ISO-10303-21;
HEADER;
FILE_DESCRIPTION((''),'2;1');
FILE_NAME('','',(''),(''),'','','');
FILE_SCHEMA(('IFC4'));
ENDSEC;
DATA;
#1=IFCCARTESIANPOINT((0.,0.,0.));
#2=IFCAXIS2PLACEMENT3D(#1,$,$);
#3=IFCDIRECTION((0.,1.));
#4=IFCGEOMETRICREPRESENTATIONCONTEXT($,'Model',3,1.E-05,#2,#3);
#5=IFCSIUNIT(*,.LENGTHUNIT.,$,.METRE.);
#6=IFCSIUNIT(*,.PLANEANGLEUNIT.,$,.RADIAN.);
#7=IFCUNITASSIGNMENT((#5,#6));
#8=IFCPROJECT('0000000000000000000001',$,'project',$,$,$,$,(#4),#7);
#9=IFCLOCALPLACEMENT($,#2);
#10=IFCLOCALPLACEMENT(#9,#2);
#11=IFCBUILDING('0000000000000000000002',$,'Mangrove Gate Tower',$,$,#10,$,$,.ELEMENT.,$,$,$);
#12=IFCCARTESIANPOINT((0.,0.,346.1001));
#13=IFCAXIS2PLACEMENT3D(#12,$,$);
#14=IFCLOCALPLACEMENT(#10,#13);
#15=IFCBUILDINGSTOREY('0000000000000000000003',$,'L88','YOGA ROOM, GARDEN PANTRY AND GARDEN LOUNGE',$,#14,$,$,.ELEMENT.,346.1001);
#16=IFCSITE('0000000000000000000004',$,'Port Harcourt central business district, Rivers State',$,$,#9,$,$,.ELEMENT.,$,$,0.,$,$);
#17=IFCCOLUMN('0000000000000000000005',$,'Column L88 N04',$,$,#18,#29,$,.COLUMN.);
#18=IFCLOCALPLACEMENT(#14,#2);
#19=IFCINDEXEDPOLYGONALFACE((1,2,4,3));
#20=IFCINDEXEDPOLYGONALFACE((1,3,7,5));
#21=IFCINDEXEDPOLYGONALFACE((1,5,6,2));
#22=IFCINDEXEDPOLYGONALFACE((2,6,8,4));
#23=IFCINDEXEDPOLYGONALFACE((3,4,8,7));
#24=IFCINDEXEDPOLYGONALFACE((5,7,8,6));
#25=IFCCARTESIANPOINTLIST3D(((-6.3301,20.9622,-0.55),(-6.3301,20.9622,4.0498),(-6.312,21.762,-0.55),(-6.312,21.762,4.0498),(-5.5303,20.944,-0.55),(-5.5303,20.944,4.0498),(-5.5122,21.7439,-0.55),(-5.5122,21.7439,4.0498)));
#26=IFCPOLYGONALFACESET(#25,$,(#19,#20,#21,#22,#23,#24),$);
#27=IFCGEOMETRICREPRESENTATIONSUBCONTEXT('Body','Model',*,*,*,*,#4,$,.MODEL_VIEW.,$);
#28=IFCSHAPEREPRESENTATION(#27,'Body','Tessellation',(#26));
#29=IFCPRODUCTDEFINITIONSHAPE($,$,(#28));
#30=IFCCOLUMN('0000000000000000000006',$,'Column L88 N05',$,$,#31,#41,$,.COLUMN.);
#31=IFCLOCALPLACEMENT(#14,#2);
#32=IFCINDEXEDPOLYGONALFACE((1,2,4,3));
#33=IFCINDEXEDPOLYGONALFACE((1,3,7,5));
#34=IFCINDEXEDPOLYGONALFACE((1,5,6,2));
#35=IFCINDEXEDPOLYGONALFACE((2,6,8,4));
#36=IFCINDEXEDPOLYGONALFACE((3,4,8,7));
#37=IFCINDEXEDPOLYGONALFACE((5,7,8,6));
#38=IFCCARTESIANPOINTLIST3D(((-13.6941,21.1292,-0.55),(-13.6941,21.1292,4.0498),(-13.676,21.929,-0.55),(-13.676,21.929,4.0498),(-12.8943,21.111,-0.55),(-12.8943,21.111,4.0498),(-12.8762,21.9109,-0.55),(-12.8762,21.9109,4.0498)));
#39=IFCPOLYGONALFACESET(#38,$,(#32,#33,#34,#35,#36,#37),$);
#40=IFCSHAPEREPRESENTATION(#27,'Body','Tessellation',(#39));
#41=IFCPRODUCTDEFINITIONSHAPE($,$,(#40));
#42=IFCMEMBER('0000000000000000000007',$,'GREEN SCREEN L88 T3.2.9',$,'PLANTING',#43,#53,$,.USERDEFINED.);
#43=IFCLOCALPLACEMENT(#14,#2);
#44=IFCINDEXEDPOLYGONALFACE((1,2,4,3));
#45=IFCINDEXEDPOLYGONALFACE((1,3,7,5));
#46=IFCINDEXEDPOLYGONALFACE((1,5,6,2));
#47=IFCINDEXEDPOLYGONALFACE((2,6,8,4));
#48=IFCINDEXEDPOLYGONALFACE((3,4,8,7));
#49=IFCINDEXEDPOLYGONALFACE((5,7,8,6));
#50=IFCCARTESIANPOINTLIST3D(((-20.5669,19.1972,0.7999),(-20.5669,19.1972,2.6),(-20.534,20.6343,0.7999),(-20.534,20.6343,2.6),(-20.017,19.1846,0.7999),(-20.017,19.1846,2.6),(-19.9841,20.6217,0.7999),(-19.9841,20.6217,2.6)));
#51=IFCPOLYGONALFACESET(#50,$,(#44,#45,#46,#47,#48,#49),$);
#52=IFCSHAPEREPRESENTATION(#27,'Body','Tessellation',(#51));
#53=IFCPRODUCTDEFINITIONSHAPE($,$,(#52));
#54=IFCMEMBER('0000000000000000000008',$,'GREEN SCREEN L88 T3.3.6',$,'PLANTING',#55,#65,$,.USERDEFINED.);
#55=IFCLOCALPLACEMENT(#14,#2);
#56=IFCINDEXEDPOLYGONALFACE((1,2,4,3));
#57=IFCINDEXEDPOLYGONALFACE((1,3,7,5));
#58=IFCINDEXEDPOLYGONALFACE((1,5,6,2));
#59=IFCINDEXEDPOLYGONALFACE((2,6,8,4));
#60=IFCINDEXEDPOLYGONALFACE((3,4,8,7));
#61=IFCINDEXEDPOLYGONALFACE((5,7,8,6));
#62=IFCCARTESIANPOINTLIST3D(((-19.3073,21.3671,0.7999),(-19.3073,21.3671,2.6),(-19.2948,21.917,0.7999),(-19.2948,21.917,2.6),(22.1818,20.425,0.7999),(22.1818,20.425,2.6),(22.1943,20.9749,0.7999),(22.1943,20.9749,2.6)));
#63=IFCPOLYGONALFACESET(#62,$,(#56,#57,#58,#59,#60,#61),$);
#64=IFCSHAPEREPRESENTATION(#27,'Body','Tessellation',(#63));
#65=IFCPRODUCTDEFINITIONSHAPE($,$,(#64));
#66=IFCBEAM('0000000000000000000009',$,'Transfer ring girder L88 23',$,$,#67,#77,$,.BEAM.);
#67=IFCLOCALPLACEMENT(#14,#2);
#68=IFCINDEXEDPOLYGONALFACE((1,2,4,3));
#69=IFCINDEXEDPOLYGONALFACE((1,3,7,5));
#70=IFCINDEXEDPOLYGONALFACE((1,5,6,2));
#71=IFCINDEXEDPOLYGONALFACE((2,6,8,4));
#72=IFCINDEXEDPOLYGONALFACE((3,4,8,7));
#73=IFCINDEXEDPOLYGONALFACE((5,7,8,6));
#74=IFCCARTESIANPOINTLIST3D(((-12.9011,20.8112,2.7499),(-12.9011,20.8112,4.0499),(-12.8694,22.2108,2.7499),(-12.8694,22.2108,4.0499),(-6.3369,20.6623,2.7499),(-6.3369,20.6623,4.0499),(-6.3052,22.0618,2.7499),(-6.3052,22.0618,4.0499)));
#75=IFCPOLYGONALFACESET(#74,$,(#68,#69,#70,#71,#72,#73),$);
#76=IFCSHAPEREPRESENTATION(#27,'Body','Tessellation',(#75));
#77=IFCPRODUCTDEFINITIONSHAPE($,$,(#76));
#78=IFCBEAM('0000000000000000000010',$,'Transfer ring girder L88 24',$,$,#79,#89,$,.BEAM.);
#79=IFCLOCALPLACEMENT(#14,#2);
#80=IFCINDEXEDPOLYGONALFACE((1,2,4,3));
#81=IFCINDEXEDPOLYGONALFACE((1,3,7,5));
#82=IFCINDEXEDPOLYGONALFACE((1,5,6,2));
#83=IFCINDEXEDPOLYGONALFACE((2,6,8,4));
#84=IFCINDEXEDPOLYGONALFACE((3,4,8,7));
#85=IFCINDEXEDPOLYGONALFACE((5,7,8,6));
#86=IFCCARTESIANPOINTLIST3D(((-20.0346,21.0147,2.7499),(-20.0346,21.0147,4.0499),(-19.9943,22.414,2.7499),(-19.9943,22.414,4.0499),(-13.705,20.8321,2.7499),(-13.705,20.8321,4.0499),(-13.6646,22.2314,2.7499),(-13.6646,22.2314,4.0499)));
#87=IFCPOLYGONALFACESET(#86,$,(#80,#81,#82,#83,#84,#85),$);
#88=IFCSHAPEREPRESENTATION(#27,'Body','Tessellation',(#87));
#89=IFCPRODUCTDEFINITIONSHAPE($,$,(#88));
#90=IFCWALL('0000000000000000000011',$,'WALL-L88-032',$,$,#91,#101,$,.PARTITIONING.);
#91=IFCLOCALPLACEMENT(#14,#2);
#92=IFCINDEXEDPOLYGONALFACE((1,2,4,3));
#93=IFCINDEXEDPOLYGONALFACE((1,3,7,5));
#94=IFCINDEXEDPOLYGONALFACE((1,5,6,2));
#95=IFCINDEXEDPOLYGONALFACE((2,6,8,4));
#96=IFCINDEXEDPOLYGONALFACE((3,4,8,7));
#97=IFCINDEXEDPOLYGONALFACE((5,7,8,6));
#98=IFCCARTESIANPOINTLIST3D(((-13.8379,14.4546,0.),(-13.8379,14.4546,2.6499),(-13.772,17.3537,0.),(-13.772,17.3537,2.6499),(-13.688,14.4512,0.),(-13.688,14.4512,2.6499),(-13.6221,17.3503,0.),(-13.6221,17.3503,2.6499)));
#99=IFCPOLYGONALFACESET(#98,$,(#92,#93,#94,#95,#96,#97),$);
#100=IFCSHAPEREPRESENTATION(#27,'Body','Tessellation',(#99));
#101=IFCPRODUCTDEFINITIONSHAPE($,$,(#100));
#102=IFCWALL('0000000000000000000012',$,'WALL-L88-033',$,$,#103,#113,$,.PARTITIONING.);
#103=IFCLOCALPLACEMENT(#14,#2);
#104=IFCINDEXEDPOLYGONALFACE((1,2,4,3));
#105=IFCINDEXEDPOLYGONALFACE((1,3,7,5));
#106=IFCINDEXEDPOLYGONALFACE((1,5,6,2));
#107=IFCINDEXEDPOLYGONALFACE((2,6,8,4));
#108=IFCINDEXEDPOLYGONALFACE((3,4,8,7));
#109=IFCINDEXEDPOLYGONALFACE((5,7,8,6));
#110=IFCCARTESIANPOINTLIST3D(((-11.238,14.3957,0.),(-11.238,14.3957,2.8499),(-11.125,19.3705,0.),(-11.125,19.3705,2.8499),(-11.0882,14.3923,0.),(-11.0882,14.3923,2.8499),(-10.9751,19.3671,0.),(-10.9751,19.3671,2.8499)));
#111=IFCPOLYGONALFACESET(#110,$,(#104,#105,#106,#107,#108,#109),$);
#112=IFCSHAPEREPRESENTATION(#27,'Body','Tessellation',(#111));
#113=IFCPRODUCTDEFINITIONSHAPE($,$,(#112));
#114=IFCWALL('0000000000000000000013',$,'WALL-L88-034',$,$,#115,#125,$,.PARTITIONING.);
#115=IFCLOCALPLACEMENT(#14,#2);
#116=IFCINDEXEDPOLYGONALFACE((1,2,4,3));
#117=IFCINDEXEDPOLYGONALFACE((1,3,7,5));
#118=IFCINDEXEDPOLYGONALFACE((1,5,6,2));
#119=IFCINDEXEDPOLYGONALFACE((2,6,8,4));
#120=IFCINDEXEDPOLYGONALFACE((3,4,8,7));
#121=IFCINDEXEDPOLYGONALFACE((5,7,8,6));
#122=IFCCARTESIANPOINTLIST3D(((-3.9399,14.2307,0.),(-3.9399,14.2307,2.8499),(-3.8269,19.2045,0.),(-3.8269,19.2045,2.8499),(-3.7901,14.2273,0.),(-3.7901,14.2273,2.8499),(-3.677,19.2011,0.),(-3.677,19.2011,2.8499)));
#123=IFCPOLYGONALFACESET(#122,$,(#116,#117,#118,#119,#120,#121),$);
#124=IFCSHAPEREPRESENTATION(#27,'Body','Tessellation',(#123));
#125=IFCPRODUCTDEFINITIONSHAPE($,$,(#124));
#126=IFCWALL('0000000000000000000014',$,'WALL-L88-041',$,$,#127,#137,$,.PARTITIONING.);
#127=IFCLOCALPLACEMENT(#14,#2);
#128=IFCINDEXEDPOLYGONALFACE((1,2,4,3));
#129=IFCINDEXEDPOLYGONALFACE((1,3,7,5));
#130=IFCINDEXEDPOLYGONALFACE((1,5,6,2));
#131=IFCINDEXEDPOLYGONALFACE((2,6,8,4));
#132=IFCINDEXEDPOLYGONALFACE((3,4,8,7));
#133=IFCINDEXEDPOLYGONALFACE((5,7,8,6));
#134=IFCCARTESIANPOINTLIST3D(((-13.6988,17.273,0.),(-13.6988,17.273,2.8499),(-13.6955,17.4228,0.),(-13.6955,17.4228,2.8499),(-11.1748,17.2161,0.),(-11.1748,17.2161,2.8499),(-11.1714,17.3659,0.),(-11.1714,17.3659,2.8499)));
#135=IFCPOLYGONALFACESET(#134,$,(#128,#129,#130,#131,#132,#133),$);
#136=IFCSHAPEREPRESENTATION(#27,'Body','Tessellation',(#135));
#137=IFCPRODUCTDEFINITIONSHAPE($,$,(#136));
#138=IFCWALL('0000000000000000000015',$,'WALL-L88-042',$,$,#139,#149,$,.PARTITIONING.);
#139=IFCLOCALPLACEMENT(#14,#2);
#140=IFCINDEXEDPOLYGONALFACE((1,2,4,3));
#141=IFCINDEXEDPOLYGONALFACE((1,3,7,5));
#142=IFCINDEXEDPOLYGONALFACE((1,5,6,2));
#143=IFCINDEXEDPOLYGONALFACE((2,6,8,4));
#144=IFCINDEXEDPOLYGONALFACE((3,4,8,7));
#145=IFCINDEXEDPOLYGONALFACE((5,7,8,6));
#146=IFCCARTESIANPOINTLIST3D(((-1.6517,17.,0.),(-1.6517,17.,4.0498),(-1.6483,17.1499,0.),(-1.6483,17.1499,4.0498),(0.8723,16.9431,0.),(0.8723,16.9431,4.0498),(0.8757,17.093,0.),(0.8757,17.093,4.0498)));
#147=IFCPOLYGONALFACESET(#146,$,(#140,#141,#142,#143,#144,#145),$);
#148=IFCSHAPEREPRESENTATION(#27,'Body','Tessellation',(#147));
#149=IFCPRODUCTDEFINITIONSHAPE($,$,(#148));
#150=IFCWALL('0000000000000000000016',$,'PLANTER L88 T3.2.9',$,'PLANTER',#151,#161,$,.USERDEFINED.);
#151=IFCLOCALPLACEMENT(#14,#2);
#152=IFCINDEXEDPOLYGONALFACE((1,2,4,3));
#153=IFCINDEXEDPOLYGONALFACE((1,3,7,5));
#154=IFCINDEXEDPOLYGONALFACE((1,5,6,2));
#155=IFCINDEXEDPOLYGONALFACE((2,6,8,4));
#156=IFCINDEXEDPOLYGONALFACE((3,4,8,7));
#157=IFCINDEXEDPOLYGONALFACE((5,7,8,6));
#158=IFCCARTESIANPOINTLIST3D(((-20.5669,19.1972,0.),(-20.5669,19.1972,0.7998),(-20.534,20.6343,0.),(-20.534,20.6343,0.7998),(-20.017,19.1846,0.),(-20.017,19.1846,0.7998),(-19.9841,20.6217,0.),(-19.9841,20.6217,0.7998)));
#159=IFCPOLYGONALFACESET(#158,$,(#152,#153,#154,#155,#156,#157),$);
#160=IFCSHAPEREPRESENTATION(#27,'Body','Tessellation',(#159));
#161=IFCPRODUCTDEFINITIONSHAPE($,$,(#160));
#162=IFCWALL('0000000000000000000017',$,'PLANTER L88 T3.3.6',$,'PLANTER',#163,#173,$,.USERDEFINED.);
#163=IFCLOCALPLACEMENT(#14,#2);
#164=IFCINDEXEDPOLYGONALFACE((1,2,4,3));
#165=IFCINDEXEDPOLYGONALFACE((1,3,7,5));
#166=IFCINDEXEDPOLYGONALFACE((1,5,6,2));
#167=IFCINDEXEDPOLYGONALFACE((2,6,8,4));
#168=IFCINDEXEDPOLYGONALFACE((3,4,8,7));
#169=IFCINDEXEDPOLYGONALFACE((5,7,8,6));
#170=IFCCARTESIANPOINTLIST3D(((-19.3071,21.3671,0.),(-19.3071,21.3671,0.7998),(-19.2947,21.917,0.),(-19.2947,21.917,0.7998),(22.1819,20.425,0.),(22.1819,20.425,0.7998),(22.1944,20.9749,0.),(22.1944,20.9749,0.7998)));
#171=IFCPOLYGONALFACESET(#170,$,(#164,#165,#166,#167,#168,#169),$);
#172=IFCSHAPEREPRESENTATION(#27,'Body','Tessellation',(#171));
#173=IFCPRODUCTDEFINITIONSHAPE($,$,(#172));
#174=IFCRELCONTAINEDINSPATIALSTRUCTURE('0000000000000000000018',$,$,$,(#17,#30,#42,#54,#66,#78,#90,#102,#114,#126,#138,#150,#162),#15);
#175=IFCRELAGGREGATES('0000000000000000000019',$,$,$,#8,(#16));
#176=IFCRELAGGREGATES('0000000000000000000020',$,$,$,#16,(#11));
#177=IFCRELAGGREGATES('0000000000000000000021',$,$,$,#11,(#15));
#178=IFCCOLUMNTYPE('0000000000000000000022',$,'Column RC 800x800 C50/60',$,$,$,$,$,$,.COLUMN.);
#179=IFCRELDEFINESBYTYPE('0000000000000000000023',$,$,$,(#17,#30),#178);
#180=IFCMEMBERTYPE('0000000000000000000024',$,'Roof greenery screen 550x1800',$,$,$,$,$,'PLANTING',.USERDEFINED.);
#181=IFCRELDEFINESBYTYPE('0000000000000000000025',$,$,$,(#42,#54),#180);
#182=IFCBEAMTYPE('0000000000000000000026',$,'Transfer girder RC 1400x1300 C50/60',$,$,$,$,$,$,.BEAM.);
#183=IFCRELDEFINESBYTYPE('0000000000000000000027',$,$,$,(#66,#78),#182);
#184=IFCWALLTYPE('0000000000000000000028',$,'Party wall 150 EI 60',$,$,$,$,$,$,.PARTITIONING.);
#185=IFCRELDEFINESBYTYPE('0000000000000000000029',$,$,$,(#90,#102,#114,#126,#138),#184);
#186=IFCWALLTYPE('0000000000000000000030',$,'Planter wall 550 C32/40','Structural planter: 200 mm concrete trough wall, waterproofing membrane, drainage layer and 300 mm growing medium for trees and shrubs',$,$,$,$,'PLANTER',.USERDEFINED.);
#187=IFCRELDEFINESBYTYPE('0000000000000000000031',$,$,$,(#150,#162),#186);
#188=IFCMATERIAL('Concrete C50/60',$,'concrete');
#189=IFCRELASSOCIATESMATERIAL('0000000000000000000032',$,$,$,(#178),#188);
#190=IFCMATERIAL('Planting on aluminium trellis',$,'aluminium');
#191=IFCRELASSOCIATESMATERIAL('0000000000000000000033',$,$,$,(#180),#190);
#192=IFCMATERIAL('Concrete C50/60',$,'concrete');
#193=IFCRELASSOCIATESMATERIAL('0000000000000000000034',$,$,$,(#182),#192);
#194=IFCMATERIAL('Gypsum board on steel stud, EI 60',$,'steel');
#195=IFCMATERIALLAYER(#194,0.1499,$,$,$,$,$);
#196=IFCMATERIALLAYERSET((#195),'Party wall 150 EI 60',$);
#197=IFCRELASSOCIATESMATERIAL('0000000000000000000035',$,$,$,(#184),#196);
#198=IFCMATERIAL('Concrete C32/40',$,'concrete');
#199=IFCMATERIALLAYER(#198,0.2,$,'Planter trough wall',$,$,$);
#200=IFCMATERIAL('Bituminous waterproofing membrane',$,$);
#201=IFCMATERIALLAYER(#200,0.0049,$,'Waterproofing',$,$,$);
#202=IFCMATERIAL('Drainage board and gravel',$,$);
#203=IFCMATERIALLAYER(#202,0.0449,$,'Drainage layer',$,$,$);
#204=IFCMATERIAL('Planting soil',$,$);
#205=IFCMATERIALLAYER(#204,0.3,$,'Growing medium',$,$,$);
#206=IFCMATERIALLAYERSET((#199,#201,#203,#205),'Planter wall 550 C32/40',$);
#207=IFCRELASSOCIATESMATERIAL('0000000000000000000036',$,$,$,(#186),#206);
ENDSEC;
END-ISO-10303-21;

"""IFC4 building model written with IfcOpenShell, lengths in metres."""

from ifc_helpers import new_model, si_unit, direction, frame, frame_2d, origin, origin_2d, place, context, subcontext, project, spatial, rectangle, extrude, material, layer, layer_set, material_profile, profile_set, type_object, element, save


model = new_model("IFC4")

# Units and contexts
model_context = context("Model", 3, precision=1e-05, world=origin(), true_north=direction((0.0, 1.0)))
body_context = subcontext(model_context, "Body", "Model", "MODEL_VIEW")
ifc_project = project(units=[si_unit("LENGTHUNIT", "METRE"), si_unit("PLANEANGLEUNIT", "RADIAN")], contexts=[model_context])

# Site, building, storey
site_placement = place(None, origin())
site = spatial("IfcSite", under=ifc_project, at=site_placement, Name="Port Harcourt central business district, Rivers State", CompositionType="ELEMENT", RefElevation=0.0)
building_placement = place(site_placement, origin())
building = spatial("IfcBuilding", under=site, at=building_placement, Name="Mangrove Gate Tower", CompositionType="ELEMENT")
storey_placement = place(building_placement, frame((0.0, 0.0, 346.1001)))
storey = spatial("IfcBuildingStorey", under=building, at=storey_placement, Name="L88", Description="YOGA ROOM, GARDEN PANTRY AND GARDEN LOUNGE", CompositionType="ELEMENT", Elevation=346.1001)

# Columns
ifc_material_1 = material(Name="Concrete C50/60", Category="concrete")
ifc_material_profile_1 = material_profile(ifc_material_1, rectangle(XDim=0.8, YDim=0.8, at=origin_2d()))
ifc_profile_set_1 = profile_set([ifc_material_profile_1], Name="Concrete C50/60")
column_type = type_object("IfcColumnType", Name="Column RC 800x800 C50/60", PredefinedType="COLUMN", material=ifc_profile_set_1)
for number, where, z_axis, x_axis, name in (
    (1, (-5.9211, 21.353, -0.55), (0.0, 0.0, 1.0), (-0.999743, 0.022671, 0.0), "Column L88 N04"),
    (2, (-13.2852, 21.52, -0.55), (0.0, 0.0, 1.0), (-0.999743, 0.022671, 0.0), "Column L88 N05"),
):
    element("IfcColumn", number, at=place(storey_placement, frame(where, z_axis=z_axis, x_axis=x_axis)), inside=storey, type_object=column_type, Name=name, PredefinedType="COLUMN", context=body_context, shape_type="SweptSolid", body=[
        extrude(rectangle(XDim=0.8, YDim=0.8, at=origin_2d()), origin(), (0.0, 0.0, 1.0), 4.5999),
    ])

# Members
ifc_material_2 = material(Name="Planting on aluminium trellis", Category="aluminium")
ifc_material_profile_2 = material_profile(ifc_material_2, rectangle(XDim=0.55, YDim=1.8, at=origin_2d()))
ifc_profile_set_2 = profile_set([ifc_material_profile_2], Name="Planting on aluminium trellis")
member_type = type_object("IfcMemberType", Name="Roof greenery screen 550x1800", ElementType="PLANTING", PredefinedType="USERDEFINED", material=ifc_profile_set_2)
member_1_placement = place(storey_placement, frame((-20.292, 19.1909, 1.7), z_axis=(0.02293, 0.999737, 0.0), x_axis=(-0.999737, 0.02293, 0.0)))
element("IfcMember", 3, at=member_1_placement, inside=storey, type_object=member_type, Name="GREEN SCREEN L88 T3.2.9", ObjectType="PLANTING", PredefinedType="USERDEFINED", context=body_context, shape_type="SweptSolid", body=[
    extrude(rectangle(XDim=0.55, YDim=1.8, at=origin_2d()), origin(), (0.0, 0.0, 1.0), 1.4375),
])
member_2_placement = place(storey_placement, frame((-19.301, 21.6421, 1.7), z_axis=(0.999742, -0.022702, 0.0), x_axis=(0.022702, 0.999742, 0.0)))
element("IfcMember", 4, at=member_2_placement, inside=storey, type_object=member_type, Name="GREEN SCREEN L88 T3.3.6", ObjectType="PLANTING", PredefinedType="USERDEFINED", context=body_context, shape_type="SweptSolid", body=[
    extrude(rectangle(XDim=0.55, YDim=1.8, at=origin_2d()), origin(), (0.0, 0.0, 1.0), 41.4998),
])

# Beams
ifc_material_3 = material(Name="Concrete C50/60", Category="concrete")
ifc_material_profile_3 = material_profile(ifc_material_3, rectangle(XDim=1.3999, YDim=1.3, at=origin_2d()))
ifc_profile_set_3 = profile_set([ifc_material_profile_3], Name="Concrete C50/60")
beam_type = type_object("IfcBeamType", Name="Transfer girder RC 1400x1300 C50/60", PredefinedType="BEAM", material=ifc_profile_set_3)
beam_1_placement = place(storey_placement, frame((-6.321, 21.3621, 3.3999), z_axis=(-0.999743, 0.022682, 0.0), x_axis=(-0.022682, -0.999743, 0.0)))
element("IfcBeam", 5, at=beam_1_placement, inside=storey, type_object=beam_type, Name="Transfer ring girder L88 23", PredefinedType="BEAM", context=body_context, shape_type="SweptSolid", body=[
    extrude(rectangle(XDim=1.3999, YDim=1.3, at=origin_2d()), origin(), (0.0, 0.0, 1.0), 6.5659),
])
beam_2_placement = place(storey_placement, frame((-13.6848, 21.5317, 3.3999), z_axis=(-0.999584, 0.028839, 0.0), x_axis=(-0.028839, -0.999584, 0.0)))
element("IfcBeam", 6, at=beam_2_placement, inside=storey, type_object=beam_type, Name="Transfer ring girder L88 24", PredefinedType="BEAM", context=body_context, shape_type="SweptSolid", body=[
    extrude(rectangle(XDim=1.3999, YDim=1.3, at=origin_2d()), origin(), (0.0, 0.0, 1.0), 6.3323),
])

# Walls
ifc_material_4 = material(Name="Gypsum board on steel stud, EI 60", Category="steel")
ifc_layer_1 = layer(ifc_material_4, 0.1499)
ifc_layer_set_1 = layer_set([ifc_layer_1], Name="Party wall 150 EI 60")
wall_type_1 = type_object("IfcWallType", Name="Party wall 150 EI 60", PredefinedType="PARTITIONING", material=ifc_layer_set_1)
wall_1_placement = place(storey_placement, frame((-13.7629, 14.4529, 0.0), z_axis=(0.0, 0.0, 1.0), x_axis=(0.022731, 0.999742, 0.0)))
element("IfcWall", 7, at=wall_1_placement, inside=storey, type_object=wall_type_1, Name="WALL-L88-032", PredefinedType="PARTITIONING", context=body_context, shape_type="SweptSolid", body=[
    extrude(rectangle(XDim=2.8999, YDim=0.1499, at=frame_2d((1.45, 0.0))), origin(), (0.0, 0.0, 1.0), 2.6499),
])
wall_2_placement = place(storey_placement, frame((-11.1631, 14.394, 0.0), z_axis=(0.0, 0.0, 1.0), x_axis=(0.022716, 0.999742, 0.0)))
element("IfcWall", 8, at=wall_2_placement, inside=storey, type_object=wall_type_1, Name="WALL-L88-033", PredefinedType="PARTITIONING", context=body_context, shape_type="SweptSolid", body=[
    extrude(rectangle(XDim=4.9761, YDim=0.1499, at=frame_2d((2.488, 0.0))), origin(), (0.0, 0.0, 1.0), 2.8499),
])
wall_3_placement = place(storey_placement, frame((-3.865, 14.229, 0.0), z_axis=(0.0, 0.0, 1.0), x_axis=(0.02272, 0.999742, 0.0)))
element("IfcWall", 9, at=wall_3_placement, inside=storey, type_object=wall_type_1, Name="WALL-L88-034", PredefinedType="PARTITIONING", context=body_context, shape_type="SweptSolid", body=[
    extrude(rectangle(XDim=4.9751, YDim=0.1499, at=frame_2d((2.4875, 0.0))), origin(), (0.0, 0.0, 1.0), 2.8499),
])
wall_4_placement = place(storey_placement, frame((-13.697, 17.3479, 0.0), z_axis=(0.0, 0.0, 1.0), x_axis=(0.999746, -0.022532, 0.0)))
element("IfcWall", 10, at=wall_4_placement, inside=storey, type_object=wall_type_1, Name="WALL-L88-041", PredefinedType="PARTITIONING", context=body_context, shape_type="SweptSolid", body=[
    extrude(rectangle(XDim=2.5247, YDim=0.1499, at=frame_2d((1.2622, 0.0))), origin(), (0.0, 0.0, 1.0), 2.8499),
])
wall_5_placement = place(storey_placement, frame((-1.6499, 17.075, 0.0), z_axis=(0.0, 0.0, 1.0), x_axis=(0.999746, -0.022532, 0.0)))
element("IfcWall", 11, at=wall_5_placement, inside=storey, type_object=wall_type_1, Name="WALL-L88-042", PredefinedType="PARTITIONING", context=body_context, shape_type="SweptSolid", body=[
    extrude(rectangle(XDim=2.5247, YDim=0.1499, at=frame_2d((1.2622, 0.0))), origin(), (0.0, 0.0, 1.0), 4.0498),
])
ifc_material_5 = material(Name="Concrete C32/40", Category="concrete")
ifc_layer_2 = layer(ifc_material_5, 0.2, Name="Planter trough wall")
ifc_material_6 = material(Name="Bituminous waterproofing membrane")
ifc_layer_3 = layer(ifc_material_6, 0.0049, Name="Waterproofing")
ifc_material_7 = material(Name="Drainage board and gravel")
ifc_layer_4 = layer(ifc_material_7, 0.0449, Name="Drainage layer")
ifc_material_8 = material(Name="Planting soil")
ifc_layer_5 = layer(ifc_material_8, 0.3, Name="Growing medium")
ifc_layer_set_2 = layer_set([ifc_layer_2, ifc_layer_3, ifc_layer_4, ifc_layer_5], Name="Planter wall 550 C32/40")
wall_type_2 = type_object("IfcWallType", Name="Planter wall 550 C32/40", Description="Structural planter: 200 mm concrete trough wall, waterproofing membrane, drainage layer and 300 mm growing medium for trees and shrubs", ElementType="PLANTER", PredefinedType="USERDEFINED", material=ifc_layer_set_2)
wall_6_placement = place(storey_placement, frame((-20.292, 19.1909, 0.0), z_axis=(0.0, 0.0, 1.0), x_axis=(0.02293, 0.999737, 0.0)))
element("IfcWall", 12, at=wall_6_placement, inside=storey, type_object=wall_type_2, Name="PLANTER L88 T3.2.9", ObjectType="PLANTER", PredefinedType="USERDEFINED", context=body_context, shape_type="SweptSolid", body=[
    extrude(rectangle(XDim=1.4375, YDim=0.55, at=frame_2d((0.7188, 0.0))), origin(), (0.0, 0.0, 1.0), 0.7998),
])
wall_7_placement = place(storey_placement, frame((-19.301, 21.6421, 0.0), z_axis=(0.0, 0.0, 1.0), x_axis=(0.999742, -0.022702, 0.0)))
element("IfcWall", 13, at=wall_7_placement, inside=storey, type_object=wall_type_2, Name="PLANTER L88 T3.3.6", ObjectType="PLANTER", PredefinedType="USERDEFINED", context=body_context, shape_type="SweptSolid", body=[
    extrude(rectangle(XDim=41.4998, YDim=0.55, at=frame_2d((20.75, 0.0))), origin(), (0.0, 0.0, 1.0), 0.7998),
])

save(model, "model.ifc")
